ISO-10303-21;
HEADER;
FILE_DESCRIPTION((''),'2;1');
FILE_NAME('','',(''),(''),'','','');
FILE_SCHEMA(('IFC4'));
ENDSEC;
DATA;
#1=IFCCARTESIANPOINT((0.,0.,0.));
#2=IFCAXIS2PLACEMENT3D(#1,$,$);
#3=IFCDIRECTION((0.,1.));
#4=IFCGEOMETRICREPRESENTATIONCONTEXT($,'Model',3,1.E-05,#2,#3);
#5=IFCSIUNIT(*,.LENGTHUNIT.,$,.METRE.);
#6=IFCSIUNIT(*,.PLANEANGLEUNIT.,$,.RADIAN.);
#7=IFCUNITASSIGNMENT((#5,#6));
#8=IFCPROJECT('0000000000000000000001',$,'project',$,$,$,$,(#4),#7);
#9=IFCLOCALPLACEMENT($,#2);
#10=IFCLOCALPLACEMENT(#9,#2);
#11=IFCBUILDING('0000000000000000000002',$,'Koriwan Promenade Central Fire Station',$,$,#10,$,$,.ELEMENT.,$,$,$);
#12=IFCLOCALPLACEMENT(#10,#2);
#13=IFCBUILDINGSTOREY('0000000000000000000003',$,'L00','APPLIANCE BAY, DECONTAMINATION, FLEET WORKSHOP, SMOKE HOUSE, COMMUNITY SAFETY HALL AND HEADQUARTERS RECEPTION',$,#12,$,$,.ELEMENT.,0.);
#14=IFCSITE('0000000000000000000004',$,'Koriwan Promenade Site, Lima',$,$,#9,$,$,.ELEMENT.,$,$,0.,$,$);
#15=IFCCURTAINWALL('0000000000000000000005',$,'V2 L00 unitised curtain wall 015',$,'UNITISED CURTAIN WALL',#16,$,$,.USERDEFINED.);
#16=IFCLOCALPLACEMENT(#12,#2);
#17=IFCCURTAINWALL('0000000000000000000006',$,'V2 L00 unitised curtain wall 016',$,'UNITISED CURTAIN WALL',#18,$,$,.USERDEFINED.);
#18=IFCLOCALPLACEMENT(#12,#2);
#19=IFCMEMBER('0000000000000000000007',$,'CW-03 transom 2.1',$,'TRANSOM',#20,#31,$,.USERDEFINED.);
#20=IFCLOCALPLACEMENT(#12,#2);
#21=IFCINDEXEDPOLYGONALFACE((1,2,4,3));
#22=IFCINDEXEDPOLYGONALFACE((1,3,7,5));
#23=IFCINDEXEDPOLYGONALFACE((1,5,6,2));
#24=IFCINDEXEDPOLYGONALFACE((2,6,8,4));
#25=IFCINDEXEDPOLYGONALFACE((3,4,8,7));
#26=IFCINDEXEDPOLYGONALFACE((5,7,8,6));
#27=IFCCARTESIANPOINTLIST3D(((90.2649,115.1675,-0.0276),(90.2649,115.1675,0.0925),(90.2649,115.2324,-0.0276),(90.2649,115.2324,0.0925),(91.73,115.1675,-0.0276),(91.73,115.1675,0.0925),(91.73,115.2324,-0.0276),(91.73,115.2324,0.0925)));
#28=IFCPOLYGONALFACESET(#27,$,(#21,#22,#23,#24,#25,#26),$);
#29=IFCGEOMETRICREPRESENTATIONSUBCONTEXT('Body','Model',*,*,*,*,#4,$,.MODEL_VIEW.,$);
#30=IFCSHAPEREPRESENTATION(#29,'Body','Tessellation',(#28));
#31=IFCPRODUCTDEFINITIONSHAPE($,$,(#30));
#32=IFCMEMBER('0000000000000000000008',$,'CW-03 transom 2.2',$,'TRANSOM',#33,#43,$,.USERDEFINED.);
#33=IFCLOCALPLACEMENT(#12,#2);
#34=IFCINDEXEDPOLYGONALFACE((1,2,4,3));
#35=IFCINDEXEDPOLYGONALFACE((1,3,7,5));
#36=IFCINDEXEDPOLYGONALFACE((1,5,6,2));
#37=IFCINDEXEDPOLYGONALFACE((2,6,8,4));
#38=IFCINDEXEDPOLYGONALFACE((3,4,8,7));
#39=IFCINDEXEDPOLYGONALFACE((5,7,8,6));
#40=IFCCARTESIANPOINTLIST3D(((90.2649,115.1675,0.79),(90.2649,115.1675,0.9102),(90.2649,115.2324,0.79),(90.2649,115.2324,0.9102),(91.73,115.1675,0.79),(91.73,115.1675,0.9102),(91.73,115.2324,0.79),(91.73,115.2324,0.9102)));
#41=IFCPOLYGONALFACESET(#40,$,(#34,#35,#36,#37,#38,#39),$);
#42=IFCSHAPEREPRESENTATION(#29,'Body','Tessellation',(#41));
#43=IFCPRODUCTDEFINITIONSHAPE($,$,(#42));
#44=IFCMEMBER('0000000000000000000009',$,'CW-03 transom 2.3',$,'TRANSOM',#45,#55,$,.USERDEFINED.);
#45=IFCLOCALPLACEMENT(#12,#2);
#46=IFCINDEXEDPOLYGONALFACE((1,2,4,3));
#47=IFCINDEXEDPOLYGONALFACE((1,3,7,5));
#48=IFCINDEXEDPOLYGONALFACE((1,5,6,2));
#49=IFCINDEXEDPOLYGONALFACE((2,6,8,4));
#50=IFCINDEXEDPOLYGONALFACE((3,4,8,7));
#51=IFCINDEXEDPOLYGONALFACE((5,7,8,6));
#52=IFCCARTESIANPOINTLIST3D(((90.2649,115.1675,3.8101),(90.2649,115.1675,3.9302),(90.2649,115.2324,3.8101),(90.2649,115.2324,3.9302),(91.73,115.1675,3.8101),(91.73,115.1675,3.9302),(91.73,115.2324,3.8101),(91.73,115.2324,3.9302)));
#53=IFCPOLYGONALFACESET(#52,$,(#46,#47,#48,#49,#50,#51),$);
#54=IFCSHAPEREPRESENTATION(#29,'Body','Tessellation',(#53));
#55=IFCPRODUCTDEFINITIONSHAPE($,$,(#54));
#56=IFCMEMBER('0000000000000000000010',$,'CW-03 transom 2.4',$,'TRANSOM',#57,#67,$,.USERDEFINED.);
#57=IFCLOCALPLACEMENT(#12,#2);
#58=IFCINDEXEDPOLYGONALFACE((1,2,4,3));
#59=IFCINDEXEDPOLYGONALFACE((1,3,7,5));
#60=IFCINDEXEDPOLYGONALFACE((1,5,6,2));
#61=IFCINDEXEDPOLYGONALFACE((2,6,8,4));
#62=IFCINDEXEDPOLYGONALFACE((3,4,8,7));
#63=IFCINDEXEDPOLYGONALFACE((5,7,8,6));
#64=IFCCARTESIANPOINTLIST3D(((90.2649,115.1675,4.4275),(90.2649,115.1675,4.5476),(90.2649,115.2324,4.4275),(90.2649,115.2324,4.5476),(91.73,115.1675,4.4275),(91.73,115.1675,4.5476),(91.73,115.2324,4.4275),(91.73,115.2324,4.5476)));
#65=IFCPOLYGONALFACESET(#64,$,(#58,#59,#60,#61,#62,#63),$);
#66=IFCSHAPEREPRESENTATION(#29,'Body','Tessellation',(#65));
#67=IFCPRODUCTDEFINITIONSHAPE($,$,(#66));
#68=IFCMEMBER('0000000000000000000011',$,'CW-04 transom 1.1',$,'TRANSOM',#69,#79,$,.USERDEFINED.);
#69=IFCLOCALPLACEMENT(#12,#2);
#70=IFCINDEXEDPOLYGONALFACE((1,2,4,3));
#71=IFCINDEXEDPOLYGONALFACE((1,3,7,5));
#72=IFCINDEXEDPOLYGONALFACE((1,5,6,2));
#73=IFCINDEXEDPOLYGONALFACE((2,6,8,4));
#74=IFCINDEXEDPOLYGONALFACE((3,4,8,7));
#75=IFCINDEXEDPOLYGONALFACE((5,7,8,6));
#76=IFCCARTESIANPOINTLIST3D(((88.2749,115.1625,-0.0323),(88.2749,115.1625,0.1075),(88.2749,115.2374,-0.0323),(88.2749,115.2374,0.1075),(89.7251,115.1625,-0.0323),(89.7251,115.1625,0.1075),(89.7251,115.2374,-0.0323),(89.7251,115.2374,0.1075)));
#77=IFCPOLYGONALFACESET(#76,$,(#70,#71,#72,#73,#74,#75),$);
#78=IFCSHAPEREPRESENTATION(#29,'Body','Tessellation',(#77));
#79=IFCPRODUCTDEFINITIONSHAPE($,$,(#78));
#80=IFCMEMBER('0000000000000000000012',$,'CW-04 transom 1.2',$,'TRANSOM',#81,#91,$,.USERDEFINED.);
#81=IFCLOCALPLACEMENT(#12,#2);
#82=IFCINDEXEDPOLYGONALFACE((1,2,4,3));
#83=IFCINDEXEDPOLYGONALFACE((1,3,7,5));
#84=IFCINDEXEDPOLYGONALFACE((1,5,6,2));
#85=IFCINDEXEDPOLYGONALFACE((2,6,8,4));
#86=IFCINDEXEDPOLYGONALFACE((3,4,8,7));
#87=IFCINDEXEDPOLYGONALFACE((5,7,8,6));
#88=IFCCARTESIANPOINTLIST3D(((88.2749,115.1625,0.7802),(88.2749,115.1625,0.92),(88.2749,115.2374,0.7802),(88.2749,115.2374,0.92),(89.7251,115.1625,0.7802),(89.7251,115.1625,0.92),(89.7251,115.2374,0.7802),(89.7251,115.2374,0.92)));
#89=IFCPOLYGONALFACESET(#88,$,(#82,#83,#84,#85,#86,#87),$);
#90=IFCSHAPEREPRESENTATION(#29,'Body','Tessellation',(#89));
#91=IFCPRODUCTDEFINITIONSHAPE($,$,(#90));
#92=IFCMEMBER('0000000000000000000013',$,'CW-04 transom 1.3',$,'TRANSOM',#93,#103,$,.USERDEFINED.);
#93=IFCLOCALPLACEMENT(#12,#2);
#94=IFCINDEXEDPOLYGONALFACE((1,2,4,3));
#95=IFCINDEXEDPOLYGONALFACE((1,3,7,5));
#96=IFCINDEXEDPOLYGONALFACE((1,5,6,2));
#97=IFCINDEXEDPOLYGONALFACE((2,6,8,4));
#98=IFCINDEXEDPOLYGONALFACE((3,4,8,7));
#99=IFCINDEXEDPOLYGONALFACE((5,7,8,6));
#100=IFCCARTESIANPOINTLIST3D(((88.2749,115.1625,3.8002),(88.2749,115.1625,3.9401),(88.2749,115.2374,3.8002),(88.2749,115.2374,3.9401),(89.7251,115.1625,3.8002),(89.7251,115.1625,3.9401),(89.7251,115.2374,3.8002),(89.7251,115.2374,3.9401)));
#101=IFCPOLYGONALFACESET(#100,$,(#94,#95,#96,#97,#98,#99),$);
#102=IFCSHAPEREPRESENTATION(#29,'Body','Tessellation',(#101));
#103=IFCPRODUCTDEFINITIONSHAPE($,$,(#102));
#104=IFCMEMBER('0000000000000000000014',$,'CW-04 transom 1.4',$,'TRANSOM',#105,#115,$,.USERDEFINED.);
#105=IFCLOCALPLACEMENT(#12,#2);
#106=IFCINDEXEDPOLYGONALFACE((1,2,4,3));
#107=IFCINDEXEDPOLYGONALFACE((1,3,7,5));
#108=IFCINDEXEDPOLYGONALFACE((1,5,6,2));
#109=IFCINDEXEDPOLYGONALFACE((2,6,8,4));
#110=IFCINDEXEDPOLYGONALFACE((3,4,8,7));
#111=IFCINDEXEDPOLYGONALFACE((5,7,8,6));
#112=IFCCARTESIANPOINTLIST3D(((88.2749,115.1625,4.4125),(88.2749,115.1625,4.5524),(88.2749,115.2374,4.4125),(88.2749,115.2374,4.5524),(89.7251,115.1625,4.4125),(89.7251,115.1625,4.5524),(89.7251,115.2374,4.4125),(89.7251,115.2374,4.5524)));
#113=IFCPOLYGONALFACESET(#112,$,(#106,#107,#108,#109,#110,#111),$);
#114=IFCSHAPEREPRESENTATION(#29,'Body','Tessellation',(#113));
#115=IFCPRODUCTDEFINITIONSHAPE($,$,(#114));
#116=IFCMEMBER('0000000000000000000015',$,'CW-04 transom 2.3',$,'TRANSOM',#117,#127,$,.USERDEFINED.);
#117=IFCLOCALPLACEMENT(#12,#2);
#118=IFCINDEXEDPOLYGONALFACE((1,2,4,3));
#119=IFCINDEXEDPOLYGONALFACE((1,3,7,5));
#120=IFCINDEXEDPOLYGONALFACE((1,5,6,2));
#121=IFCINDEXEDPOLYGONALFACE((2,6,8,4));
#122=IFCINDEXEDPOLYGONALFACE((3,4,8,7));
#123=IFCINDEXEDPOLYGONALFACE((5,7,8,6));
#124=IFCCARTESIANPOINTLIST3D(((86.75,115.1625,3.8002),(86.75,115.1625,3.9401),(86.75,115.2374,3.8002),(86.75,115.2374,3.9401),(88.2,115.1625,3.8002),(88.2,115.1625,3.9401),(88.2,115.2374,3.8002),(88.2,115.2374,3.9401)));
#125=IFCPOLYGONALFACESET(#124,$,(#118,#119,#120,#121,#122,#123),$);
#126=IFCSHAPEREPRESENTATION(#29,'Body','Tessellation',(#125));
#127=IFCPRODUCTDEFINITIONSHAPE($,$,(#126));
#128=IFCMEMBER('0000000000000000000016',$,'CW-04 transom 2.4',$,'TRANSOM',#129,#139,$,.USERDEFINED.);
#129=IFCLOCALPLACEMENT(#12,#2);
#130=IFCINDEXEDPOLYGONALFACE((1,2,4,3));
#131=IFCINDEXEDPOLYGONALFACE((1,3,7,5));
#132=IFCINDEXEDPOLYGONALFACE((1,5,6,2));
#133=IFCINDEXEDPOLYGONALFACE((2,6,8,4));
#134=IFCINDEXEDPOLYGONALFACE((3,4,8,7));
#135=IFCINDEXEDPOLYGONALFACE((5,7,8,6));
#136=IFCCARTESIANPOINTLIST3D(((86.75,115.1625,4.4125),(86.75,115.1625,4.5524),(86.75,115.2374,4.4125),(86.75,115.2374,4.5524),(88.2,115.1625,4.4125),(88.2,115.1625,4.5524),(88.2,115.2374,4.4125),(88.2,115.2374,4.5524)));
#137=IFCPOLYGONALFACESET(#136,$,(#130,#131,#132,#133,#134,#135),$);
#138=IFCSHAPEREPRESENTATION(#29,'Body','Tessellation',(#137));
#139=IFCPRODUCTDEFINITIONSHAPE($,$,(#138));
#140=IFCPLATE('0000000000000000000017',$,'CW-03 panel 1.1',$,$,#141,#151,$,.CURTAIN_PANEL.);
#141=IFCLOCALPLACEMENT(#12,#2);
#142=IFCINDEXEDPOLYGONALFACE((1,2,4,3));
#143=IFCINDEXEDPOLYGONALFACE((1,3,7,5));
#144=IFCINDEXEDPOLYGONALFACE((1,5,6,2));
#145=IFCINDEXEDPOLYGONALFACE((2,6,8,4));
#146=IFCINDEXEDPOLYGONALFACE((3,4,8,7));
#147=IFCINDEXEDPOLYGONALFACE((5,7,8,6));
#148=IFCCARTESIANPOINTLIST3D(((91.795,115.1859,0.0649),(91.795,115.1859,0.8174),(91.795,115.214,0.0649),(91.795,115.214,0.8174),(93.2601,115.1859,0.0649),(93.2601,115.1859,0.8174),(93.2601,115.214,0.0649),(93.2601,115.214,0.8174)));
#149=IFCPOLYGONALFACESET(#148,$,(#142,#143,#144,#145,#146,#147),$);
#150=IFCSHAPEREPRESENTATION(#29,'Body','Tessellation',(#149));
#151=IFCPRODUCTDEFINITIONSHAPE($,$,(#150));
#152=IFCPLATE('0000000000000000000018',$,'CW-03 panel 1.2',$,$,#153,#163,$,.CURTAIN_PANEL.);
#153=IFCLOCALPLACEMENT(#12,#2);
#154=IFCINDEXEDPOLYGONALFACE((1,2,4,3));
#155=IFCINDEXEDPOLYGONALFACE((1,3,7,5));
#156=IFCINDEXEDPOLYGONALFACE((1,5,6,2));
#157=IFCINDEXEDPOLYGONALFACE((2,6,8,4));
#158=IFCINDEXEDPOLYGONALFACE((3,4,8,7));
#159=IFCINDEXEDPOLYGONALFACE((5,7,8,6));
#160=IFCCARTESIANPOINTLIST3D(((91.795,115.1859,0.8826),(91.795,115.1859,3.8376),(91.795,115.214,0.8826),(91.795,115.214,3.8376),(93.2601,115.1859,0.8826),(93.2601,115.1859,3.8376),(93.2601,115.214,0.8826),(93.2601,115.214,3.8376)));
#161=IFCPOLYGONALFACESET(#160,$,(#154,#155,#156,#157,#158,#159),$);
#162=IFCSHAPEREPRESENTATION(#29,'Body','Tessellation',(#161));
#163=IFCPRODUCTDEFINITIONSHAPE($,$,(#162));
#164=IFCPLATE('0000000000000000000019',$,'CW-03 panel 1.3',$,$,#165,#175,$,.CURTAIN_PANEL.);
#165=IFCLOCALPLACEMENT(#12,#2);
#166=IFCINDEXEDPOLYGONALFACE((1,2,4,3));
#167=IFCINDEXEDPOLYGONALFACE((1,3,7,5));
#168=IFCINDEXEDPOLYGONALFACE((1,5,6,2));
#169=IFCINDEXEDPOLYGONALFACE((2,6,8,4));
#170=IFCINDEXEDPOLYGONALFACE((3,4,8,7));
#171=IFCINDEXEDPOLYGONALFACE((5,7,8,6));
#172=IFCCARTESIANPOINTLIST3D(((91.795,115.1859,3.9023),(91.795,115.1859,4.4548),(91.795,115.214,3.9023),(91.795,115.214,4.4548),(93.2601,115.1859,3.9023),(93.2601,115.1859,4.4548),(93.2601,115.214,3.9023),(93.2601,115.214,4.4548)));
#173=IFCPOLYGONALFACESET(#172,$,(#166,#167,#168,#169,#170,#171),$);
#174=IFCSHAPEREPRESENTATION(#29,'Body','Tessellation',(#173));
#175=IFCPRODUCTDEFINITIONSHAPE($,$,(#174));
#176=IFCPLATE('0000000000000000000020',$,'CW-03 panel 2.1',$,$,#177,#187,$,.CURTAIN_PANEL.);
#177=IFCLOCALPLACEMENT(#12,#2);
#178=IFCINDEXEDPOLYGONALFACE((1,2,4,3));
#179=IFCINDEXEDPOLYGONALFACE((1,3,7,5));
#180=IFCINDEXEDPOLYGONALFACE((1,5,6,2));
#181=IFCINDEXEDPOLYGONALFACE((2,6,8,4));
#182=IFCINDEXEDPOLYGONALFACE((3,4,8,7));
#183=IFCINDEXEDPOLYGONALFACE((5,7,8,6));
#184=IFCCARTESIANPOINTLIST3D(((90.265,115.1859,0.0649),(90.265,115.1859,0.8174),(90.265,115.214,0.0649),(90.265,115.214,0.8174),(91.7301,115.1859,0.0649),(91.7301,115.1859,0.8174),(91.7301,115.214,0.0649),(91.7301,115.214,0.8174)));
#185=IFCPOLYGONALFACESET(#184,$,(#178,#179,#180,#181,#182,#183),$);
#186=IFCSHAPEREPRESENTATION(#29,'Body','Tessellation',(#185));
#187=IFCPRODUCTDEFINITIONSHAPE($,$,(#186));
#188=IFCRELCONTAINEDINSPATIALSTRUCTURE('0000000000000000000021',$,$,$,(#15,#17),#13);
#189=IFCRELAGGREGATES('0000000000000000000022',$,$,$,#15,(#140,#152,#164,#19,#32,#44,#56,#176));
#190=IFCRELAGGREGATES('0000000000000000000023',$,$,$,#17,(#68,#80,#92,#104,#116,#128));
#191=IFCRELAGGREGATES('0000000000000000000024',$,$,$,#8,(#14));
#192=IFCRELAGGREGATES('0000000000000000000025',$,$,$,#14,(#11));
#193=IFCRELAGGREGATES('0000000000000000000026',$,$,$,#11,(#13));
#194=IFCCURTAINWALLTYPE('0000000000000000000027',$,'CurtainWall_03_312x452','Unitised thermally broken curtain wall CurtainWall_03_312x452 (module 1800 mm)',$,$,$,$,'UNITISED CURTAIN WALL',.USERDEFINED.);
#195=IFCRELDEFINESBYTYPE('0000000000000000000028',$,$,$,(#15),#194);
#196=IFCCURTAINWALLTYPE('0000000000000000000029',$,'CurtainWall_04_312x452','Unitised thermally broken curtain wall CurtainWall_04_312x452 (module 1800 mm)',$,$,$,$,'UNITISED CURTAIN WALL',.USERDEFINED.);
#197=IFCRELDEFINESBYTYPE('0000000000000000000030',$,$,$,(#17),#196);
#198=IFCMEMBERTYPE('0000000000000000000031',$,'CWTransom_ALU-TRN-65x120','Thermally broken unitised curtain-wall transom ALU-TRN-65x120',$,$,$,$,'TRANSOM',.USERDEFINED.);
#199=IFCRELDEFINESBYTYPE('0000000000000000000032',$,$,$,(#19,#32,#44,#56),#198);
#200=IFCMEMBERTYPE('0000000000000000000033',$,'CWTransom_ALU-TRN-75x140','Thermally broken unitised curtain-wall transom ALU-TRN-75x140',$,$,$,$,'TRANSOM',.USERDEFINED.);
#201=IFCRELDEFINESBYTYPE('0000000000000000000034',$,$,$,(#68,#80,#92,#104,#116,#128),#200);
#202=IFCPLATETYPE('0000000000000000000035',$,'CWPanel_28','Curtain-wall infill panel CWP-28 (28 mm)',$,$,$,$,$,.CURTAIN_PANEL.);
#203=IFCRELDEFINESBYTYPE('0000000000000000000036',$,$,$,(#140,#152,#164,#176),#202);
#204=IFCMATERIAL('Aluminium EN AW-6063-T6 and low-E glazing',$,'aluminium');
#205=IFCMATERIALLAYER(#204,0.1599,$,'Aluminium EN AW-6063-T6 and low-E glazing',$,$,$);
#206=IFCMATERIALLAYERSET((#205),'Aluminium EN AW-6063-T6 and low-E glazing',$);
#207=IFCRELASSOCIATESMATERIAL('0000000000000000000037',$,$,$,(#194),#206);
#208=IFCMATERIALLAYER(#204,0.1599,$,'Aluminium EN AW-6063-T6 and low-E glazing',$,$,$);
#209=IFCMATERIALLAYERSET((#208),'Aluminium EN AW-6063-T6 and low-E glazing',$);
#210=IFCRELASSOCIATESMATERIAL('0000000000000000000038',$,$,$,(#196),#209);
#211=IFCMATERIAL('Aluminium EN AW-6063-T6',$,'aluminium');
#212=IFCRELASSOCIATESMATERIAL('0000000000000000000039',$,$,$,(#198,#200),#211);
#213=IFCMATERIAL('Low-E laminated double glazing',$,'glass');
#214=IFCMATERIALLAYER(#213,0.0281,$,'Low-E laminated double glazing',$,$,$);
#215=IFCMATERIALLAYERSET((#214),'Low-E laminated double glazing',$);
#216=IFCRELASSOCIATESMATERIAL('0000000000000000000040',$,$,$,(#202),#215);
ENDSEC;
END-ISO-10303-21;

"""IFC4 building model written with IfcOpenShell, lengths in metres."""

from ifc_helpers import new_model, si_unit, direction, frame, origin, origin_2d, place, context, subcontext, project, spatial, rectangle, extrude, material, layer, layer_set, material_profile, profile_set, type_object, element, aggregate, save


model = new_model("IFC4")

# Units and contexts
model_context = context("Model", 3, precision=1e-05, world=origin(), true_north=direction((0.0, 1.0)))
body_context = subcontext(model_context, "Body", "Model", "MODEL_VIEW")
ifc_project = project(units=[si_unit("LENGTHUNIT", "METRE"), si_unit("PLANEANGLEUNIT", "RADIAN")], contexts=[model_context])

# Site, building, storey
site_placement = place(None, origin())
site = spatial("IfcSite", under=ifc_project, at=site_placement, Name="Koriwan Promenade Site, Lima", CompositionType="ELEMENT", RefElevation=0.0)
building_placement = place(site_placement, origin())
building = spatial("IfcBuilding", under=site, at=building_placement, Name="Koriwan Promenade Central Fire Station", CompositionType="ELEMENT")
storey_placement = place(building_placement, origin())
storey = spatial("IfcBuildingStorey", under=building, at=storey_placement, Name="L00", Description="APPLIANCE BAY, DECONTAMINATION, FLEET WORKSHOP, SMOKE HOUSE, COMMUNITY SAFETY HALL AND HEADQUARTERS RECEPTION", CompositionType="ELEMENT", Elevation=0.0)

# Curtain walls
ifc_material_1 = material(Name="Aluminium EN AW-6063-T6 and low-E glazing", Category="aluminium")
ifc_layer_1 = layer(ifc_material_1, 0.1599, Name="Aluminium EN AW-6063-T6 and low-E glazing")
ifc_layer_set_1 = layer_set([ifc_layer_1], Name="Aluminium EN AW-6063-T6 and low-E glazing")
curtain_wall_type_1 = type_object("IfcCurtainWallType", Name="CurtainWall_03_312x452", Description="Unitised thermally broken curtain wall CurtainWall_03_312x452 (module 1800 mm)", ElementType="UNITISED CURTAIN WALL", PredefinedType="USERDEFINED", material=ifc_layer_set_1)
curtain_wall_1_placement = place(storey_placement, origin())
curtain_wall_1 = element("IfcCurtainWall", 1, at=curtain_wall_1_placement, inside=storey, type_object=curtain_wall_type_1, Name="V2 L00 unitised curtain wall 015", ObjectType="UNITISED CURTAIN WALL", PredefinedType="USERDEFINED")
ifc_material_2 = material(Name="Aluminium EN AW-6063-T6", Category="aluminium")
ifc_layer_2 = layer(ifc_material_1, 0.1599, Name="Aluminium EN AW-6063-T6 and low-E glazing")
ifc_layer_set_2 = layer_set([ifc_layer_2], Name="Aluminium EN AW-6063-T6 and low-E glazing")
curtain_wall_type_2 = type_object("IfcCurtainWallType", Name="CurtainWall_04_312x452", Description="Unitised thermally broken curtain wall CurtainWall_04_312x452 (module 1800 mm)", ElementType="UNITISED CURTAIN WALL", PredefinedType="USERDEFINED", material=ifc_layer_set_2)
curtain_wall_2_placement = place(storey_placement, origin())
curtain_wall_2 = element("IfcCurtainWall", 2, at=curtain_wall_2_placement, inside=storey, type_object=curtain_wall_type_2, Name="V2 L00 unitised curtain wall 016", ObjectType="UNITISED CURTAIN WALL", PredefinedType="USERDEFINED")

# Members
ifc_material_profile_1 = material_profile(ifc_material_2, rectangle(XDim=0.0649, YDim=0.1201, at=origin_2d()), Name="ALU-TRN-65x120")
ifc_profile_set_1 = profile_set([ifc_material_profile_1], Name="Aluminium EN AW-6063-T6")
member_type_1 = type_object("IfcMemberType", Name="CWTransom_ALU-TRN-65x120", Description="Thermally broken unitised curtain-wall transom ALU-TRN-65x120", ElementType="TRANSOM", PredefinedType="USERDEFINED", material=ifc_profile_set_1)
member_1_placement = place(storey_placement, frame((91.73, 115.2, 0.0325), z_axis=(-1.0, 0.0, 0.0), x_axis=(0.0, -1.0, 0.0)))
member_1 = element("IfcMember", 3, at=member_1_placement, type_object=member_type_1, Name="CW-03 transom 2.1", ObjectType="TRANSOM", PredefinedType="USERDEFINED", context=body_context, shape_type="SweptSolid", body=[
    extrude(rectangle(XDim=0.0649, YDim=0.1201, at=origin_2d()), origin(), (0.0, 0.0, 1.0), 1.4651),
])
member_2_placement = place(storey_placement, frame((91.73, 115.2, 0.8501), z_axis=(-1.0, 0.0, 0.0), x_axis=(0.0, -1.0, 0.0)))
member_2 = element("IfcMember", 4, at=member_2_placement, type_object=member_type_1, Name="CW-03 transom 2.2", ObjectType="TRANSOM", PredefinedType="USERDEFINED", context=body_context, shape_type="SweptSolid", body=[
    extrude(rectangle(XDim=0.0649, YDim=0.1201, at=origin_2d()), origin(), (0.0, 0.0, 1.0), 1.4651),
])
member_3_placement = place(storey_placement, frame((91.73, 115.2, 3.8701), z_axis=(-1.0, 0.0, 0.0), x_axis=(0.0, -1.0, 0.0)))
member_3 = element("IfcMember", 5, at=member_3_placement, type_object=member_type_1, Name="CW-03 transom 2.3", ObjectType="TRANSOM", PredefinedType="USERDEFINED", context=body_context, shape_type="SweptSolid", body=[
    extrude(rectangle(XDim=0.0649, YDim=0.1201, at=origin_2d()), origin(), (0.0, 0.0, 1.0), 1.4651),
])
member_4_placement = place(storey_placement, frame((91.73, 115.2, 4.4875), z_axis=(-1.0, 0.0, 0.0), x_axis=(0.0, -1.0, 0.0)))
member_4 = element("IfcMember", 6, at=member_4_placement, type_object=member_type_1, Name="CW-03 transom 2.4", ObjectType="TRANSOM", PredefinedType="USERDEFINED", context=body_context, shape_type="SweptSolid", body=[
    extrude(rectangle(XDim=0.0649, YDim=0.1201, at=origin_2d()), origin(), (0.0, 0.0, 1.0), 1.4651),
])
ifc_material_profile_2 = material_profile(ifc_material_2, rectangle(XDim=0.075, YDim=0.1399, at=origin_2d()), Name="ALU-TRN-75x140")
ifc_profile_set_2 = profile_set([ifc_material_profile_2], Name="Aluminium EN AW-6063-T6")
member_type_2 = type_object("IfcMemberType", Name="CWTransom_ALU-TRN-75x140", Description="Thermally broken unitised curtain-wall transom ALU-TRN-75x140", ElementType="TRANSOM", PredefinedType="USERDEFINED", material=ifc_profile_set_2)
member_5_placement = place(storey_placement, frame((89.7251, 115.2, 0.0376), z_axis=(-1.0, 0.0, 0.0), x_axis=(0.0, -1.0, 0.0)))
member_5 = element("IfcMember", 7, at=member_5_placement, type_object=member_type_2, Name="CW-04 transom 1.1", ObjectType="TRANSOM", PredefinedType="USERDEFINED", context=body_context, shape_type="SweptSolid", body=[
    extrude(rectangle(XDim=0.075, YDim=0.1399, at=origin_2d()), origin(), (0.0, 0.0, 1.0), 1.4502),
])
member_6_placement = place(storey_placement, frame((89.7251, 115.2, 0.8501), z_axis=(-1.0, 0.0, 0.0), x_axis=(0.0, -1.0, 0.0)))
member_6 = element("IfcMember", 8, at=member_6_placement, type_object=member_type_2, Name="CW-04 transom 1.2", ObjectType="TRANSOM", PredefinedType="USERDEFINED", context=body_context, shape_type="SweptSolid", body=[
    extrude(rectangle(XDim=0.075, YDim=0.1399, at=origin_2d()), origin(), (0.0, 0.0, 1.0), 1.4502),
])
member_7_placement = place(storey_placement, frame((89.7251, 115.2, 3.8701), z_axis=(-1.0, 0.0, 0.0), x_axis=(0.0, -1.0, 0.0)))
member_7 = element("IfcMember", 9, at=member_7_placement, type_object=member_type_2, Name="CW-04 transom 1.3", ObjectType="TRANSOM", PredefinedType="USERDEFINED", context=body_context, shape_type="SweptSolid", body=[
    extrude(rectangle(XDim=0.075, YDim=0.1399, at=origin_2d()), origin(), (0.0, 0.0, 1.0), 1.4502),
])
member_8_placement = place(storey_placement, frame((89.7251, 115.2, 4.4824), z_axis=(-1.0, 0.0, 0.0), x_axis=(0.0, -1.0, 0.0)))
member_8 = element("IfcMember", 10, at=member_8_placement, type_object=member_type_2, Name="CW-04 transom 1.4", ObjectType="TRANSOM", PredefinedType="USERDEFINED", context=body_context, shape_type="SweptSolid", body=[
    extrude(rectangle(XDim=0.075, YDim=0.1399, at=origin_2d()), origin(), (0.0, 0.0, 1.0), 1.4502),
])
member_9_placement = place(storey_placement, frame((88.2, 115.2, 3.8701), z_axis=(-1.0, 0.0, 0.0), x_axis=(0.0, -1.0, 0.0)))
member_9 = element("IfcMember", 11, at=member_9_placement, type_object=member_type_2, Name="CW-04 transom 2.3", ObjectType="TRANSOM", PredefinedType="USERDEFINED", context=body_context, shape_type="SweptSolid", body=[
    extrude(rectangle(XDim=0.075, YDim=0.1399, at=origin_2d()), origin(), (0.0, 0.0, 1.0), 1.45),
])
member_10_placement = place(storey_placement, frame((88.2, 115.2, 4.4824), z_axis=(-1.0, 0.0, 0.0), x_axis=(0.0, -1.0, 0.0)))
member_10 = element("IfcMember", 12, at=member_10_placement, type_object=member_type_2, Name="CW-04 transom 2.4", ObjectType="TRANSOM", PredefinedType="USERDEFINED", context=body_context, shape_type="SweptSolid", body=[
    extrude(rectangle(XDim=0.075, YDim=0.1399, at=origin_2d()), origin(), (0.0, 0.0, 1.0), 1.45),
])

# Plates
ifc_material_3 = material(Name="Low-E laminated double glazing", Category="glass")
ifc_layer_3 = layer(ifc_material_3, 0.0281, Name="Low-E laminated double glazing")
ifc_layer_set_3 = layer_set([ifc_layer_3], Name="Low-E laminated double glazing")
plate_type_1 = type_object("IfcPlateType", Name="CWPanel_28", Description="Curtain-wall infill panel CWP-28 (28 mm)", PredefinedType="CURTAIN_PANEL", material=ifc_layer_set_3)
plate_1_placement = place(storey_placement, frame((92.5276, 115.2, 0.0649), z_axis=(0.0, 0.0, 1.0), x_axis=(-1.0, 0.0, 0.0)))
plate_1 = element("IfcPlate", 13, at=plate_1_placement, type_object=plate_type_1, Name="CW-03 panel 1.1", PredefinedType="CURTAIN_PANEL", context=body_context, shape_type="SweptSolid", body=[
    extrude(rectangle(XDim=1.4651, YDim=0.0281, at=origin_2d()), origin(), (0.0, 0.0, 1.0), 0.7524),
])
plate_2_placement = place(storey_placement, frame((92.5276, 115.2, 0.8826), z_axis=(0.0, 0.0, 1.0), x_axis=(-1.0, 0.0, 0.0)))
plate_2 = element("IfcPlate", 14, at=plate_2_placement, type_object=plate_type_1, Name="CW-03 panel 1.2", PredefinedType="CURTAIN_PANEL", context=body_context, shape_type="SweptSolid", body=[
    extrude(rectangle(XDim=1.4651, YDim=0.0281, at=origin_2d()), origin(), (0.0, 0.0, 1.0), 2.9551),
])
plate_3_placement = place(storey_placement, frame((92.5276, 115.2, 3.9023), z_axis=(0.0, 0.0, 1.0), x_axis=(-1.0, 0.0, 0.0)))
plate_3 = element("IfcPlate", 15, at=plate_3_placement, type_object=plate_type_1, Name="CW-03 panel 1.3", PredefinedType="CURTAIN_PANEL", context=body_context, shape_type="SweptSolid", body=[
    extrude(rectangle(XDim=1.4651, YDim=0.0281, at=origin_2d()), origin(), (0.0, 0.0, 1.0), 0.5525),
])
plate_4_placement = place(storey_placement, frame((90.9976, 115.2, 0.0649), z_axis=(0.0, 0.0, 1.0), x_axis=(-1.0, 0.0, 0.0)))
plate_4 = element("IfcPlate", 16, at=plate_4_placement, type_object=plate_type_1, Name="CW-03 panel 2.1", PredefinedType="CURTAIN_PANEL", context=body_context, shape_type="SweptSolid", body=[
    extrude(rectangle(XDim=1.4651, YDim=0.0281, at=origin_2d()), origin(), (0.0, 0.0, 1.0), 0.7524),
])
aggregate(curtain_wall_1, [plate_1, plate_2, plate_3, member_1, member_2, member_3, member_4, plate_4])
aggregate(curtain_wall_2, [member_5, member_6, member_7, member_8, member_9, member_10])

save(model, "model.ifc")
